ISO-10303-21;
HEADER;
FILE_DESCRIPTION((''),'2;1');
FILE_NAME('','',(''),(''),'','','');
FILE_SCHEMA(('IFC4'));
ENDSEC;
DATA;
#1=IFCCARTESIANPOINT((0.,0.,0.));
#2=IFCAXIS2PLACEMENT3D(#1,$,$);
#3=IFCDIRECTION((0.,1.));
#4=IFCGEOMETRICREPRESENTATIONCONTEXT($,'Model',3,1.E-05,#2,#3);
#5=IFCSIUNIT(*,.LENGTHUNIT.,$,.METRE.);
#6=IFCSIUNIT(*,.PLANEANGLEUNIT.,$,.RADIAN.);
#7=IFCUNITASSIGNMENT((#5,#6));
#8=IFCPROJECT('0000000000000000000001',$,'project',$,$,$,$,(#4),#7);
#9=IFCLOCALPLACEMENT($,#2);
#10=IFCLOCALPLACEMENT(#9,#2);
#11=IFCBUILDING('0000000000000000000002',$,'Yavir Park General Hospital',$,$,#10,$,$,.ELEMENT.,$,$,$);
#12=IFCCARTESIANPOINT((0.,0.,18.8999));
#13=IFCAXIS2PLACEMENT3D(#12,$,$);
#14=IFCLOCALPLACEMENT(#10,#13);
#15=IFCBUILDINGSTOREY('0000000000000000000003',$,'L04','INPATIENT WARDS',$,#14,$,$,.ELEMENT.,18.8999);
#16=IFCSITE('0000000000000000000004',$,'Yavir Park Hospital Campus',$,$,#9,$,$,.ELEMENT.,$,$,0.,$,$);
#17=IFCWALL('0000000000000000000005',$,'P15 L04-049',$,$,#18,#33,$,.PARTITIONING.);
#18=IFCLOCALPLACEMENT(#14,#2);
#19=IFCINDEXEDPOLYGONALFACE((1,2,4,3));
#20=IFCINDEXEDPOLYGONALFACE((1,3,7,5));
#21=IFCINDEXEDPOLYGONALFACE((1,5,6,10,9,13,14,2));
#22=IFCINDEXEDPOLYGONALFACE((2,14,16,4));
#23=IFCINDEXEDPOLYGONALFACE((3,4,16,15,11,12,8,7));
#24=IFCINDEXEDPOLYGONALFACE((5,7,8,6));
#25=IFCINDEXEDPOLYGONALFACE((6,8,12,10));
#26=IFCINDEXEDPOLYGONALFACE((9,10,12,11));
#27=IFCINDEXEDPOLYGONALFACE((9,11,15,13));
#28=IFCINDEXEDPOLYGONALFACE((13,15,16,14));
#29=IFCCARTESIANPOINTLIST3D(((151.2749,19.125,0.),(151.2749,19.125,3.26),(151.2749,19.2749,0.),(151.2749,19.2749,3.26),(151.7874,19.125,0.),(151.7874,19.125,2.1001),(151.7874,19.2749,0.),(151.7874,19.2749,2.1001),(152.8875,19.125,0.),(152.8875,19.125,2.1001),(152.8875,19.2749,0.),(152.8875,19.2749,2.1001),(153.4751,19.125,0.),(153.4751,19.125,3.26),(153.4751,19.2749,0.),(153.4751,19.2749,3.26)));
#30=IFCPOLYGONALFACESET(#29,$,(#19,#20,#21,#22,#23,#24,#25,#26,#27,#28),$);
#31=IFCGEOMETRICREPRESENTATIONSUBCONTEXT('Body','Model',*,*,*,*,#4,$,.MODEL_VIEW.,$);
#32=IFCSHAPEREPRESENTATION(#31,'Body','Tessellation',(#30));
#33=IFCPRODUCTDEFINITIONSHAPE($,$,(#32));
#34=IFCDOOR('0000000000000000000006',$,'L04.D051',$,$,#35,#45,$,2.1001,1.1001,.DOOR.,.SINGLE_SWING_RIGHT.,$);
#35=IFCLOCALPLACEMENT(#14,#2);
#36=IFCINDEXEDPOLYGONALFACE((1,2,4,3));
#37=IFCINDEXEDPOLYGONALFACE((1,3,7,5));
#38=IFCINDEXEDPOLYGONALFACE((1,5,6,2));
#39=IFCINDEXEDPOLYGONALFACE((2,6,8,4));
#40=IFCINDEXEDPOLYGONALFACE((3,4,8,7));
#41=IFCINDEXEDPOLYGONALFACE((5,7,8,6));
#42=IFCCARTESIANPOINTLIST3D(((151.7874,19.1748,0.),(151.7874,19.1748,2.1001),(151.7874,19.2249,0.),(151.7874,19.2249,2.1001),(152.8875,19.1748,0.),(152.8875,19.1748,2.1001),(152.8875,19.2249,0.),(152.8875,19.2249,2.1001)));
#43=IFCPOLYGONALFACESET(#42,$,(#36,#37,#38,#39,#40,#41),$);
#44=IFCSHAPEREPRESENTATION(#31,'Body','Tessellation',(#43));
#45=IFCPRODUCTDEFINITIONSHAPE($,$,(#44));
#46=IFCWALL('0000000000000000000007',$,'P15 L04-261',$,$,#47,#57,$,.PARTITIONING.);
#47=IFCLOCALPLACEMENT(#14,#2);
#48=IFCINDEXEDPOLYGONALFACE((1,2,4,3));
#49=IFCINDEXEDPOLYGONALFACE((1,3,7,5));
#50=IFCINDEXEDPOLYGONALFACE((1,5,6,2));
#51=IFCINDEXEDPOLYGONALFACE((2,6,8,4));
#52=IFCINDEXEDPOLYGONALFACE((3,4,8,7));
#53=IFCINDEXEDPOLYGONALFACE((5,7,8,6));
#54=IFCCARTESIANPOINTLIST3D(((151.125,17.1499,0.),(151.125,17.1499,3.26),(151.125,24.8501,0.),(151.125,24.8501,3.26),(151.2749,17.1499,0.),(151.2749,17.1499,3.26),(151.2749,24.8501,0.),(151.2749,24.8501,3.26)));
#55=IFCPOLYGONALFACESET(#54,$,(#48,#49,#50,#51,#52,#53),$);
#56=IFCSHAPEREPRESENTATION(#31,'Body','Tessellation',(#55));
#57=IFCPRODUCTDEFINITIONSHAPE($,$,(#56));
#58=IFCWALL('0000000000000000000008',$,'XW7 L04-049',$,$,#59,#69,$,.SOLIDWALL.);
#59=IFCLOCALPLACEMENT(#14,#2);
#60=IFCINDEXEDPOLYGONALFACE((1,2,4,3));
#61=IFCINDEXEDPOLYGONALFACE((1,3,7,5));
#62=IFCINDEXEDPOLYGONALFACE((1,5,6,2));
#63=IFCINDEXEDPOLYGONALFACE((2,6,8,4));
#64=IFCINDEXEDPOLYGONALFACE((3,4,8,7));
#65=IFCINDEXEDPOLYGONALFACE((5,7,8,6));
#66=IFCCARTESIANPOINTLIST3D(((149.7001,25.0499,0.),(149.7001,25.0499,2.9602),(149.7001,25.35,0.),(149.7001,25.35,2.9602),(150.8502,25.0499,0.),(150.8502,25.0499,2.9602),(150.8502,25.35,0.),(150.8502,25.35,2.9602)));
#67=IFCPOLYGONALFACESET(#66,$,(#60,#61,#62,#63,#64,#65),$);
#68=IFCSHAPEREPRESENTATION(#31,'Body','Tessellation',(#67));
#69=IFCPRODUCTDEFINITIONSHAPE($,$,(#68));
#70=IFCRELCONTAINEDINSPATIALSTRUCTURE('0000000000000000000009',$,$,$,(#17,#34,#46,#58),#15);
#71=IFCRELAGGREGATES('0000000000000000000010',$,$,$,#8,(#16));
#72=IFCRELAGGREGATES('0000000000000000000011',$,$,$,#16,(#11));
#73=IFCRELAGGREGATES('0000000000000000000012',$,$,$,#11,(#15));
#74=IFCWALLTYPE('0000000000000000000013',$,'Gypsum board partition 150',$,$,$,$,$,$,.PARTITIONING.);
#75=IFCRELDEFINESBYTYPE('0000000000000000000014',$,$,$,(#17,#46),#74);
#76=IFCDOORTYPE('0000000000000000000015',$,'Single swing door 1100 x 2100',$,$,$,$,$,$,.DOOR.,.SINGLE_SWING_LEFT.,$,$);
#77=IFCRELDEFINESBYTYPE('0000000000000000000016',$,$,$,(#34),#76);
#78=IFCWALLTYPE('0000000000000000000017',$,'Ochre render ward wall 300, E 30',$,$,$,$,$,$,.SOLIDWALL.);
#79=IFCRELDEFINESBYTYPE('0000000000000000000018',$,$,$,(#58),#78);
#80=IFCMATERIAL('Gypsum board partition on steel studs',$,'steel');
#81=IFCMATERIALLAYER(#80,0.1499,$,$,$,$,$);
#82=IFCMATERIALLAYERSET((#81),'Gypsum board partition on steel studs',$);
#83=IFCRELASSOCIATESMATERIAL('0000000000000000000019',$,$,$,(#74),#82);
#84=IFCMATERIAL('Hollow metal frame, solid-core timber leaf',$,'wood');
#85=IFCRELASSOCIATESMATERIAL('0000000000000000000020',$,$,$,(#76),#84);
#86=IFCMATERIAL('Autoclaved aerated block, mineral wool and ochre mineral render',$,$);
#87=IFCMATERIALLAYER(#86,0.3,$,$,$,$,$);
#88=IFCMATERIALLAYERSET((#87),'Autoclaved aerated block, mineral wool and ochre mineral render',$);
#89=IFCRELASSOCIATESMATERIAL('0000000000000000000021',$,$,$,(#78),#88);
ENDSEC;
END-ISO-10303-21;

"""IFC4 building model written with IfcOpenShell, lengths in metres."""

from ifc_helpers import new_model, si_unit, direction, frame, frame_2d, origin, place, context, subcontext, project, spatial, rectangle, extrude, material, layer, layer_set, type_object, element, fill, save


model = new_model("IFC4")

# Units and contexts
model_context = context("Model", 3, precision=1e-05, world=origin(), true_north=direction((0.0, 1.0)))
body_context = subcontext(model_context, "Body", "Model", "MODEL_VIEW")
ifc_project = project(units=[si_unit("LENGTHUNIT", "METRE"), si_unit("PLANEANGLEUNIT", "RADIAN")], contexts=[model_context])

# Site, building, storey
site_placement = place(None, origin())
site = spatial("IfcSite", under=ifc_project, at=site_placement, Name="Yavir Park Hospital Campus", CompositionType="ELEMENT", RefElevation=0.0)
building_placement = place(site_placement, origin())
building = spatial("IfcBuilding", under=site, at=building_placement, Name="Yavir Park General Hospital", CompositionType="ELEMENT")
storey_placement = place(building_placement, frame((0.0, 0.0, 18.8999)))
storey = spatial("IfcBuildingStorey", under=building, at=storey_placement, Name="L04", Description="INPATIENT WARDS", CompositionType="ELEMENT", Elevation=18.8999)

# Wall, opening, door
ifc_material_1 = material(Name="Gypsum board partition on steel studs", Category="steel")
ifc_layer_1 = layer(ifc_material_1, 0.1499)
ifc_layer_set_1 = layer_set([ifc_layer_1], Name="Gypsum board partition on steel studs")
wall_type_1 = type_object("IfcWallType", Name="Gypsum board partition 150", PredefinedType="PARTITIONING", material=ifc_layer_set_1)
wall_1_placement = place(storey_placement, frame((151.2749, 19.2, 0.0), z_axis=(0.0, 0.0, 1.0), x_axis=(1.0, 0.0, 0.0)))
wall_1 = element("IfcWall", 1, at=wall_1_placement, inside=storey, type_object=wall_type_1, Name="P15 L04-049", PredefinedType="PARTITIONING", context=body_context, shape_type="SweptSolid", body=[
    extrude(rectangle(XDim=2.2002, YDim=0.1499, at=frame_2d((1.1001, 0.0))), origin(), (0.0, 0.0, 1.0), 3.26),
])
opening_placement = place(wall_1_placement, frame((0.5125, 0.0, 0.0)))
opening = element("IfcOpeningElement", 2, at=opening_placement, cuts=wall_1, PredefinedType="OPENING", context=body_context, shape_type="SweptSolid", body=[
    extrude(rectangle(XDim=1.1001, YDim=2.1001, at=frame_2d((0.55, 1.05))), frame((0.0, 0.085, 0.0), z_axis=(0.0, -1.0, 0.0), x_axis=(1.0, 0.0, 0.0)), (0.0, 0.0, 1.0), 0.1699),
])
ifc_material_2 = material(Name="Hollow metal frame, solid-core timber leaf", Category="wood")
door_type = type_object("IfcDoorType", Name="Single swing door 1100 x 2100", OperationType="SINGLE_SWING_LEFT", PredefinedType="DOOR", material=ifc_material_2)
door_placement = place(opening_placement, origin())
door = element("IfcDoor", 3, at=door_placement, inside=storey, type_object=door_type, Name="L04.D051", OperationType="SINGLE_SWING_RIGHT", OverallHeight=2.1001, OverallWidth=1.1001, PredefinedType="DOOR", context=body_context, shape_type="SweptSolid", body=[
    extrude(rectangle(XDim=1.1001, YDim=2.1001, at=frame_2d((0.55, 1.05))), frame((0.0, 0.0249, 0.0), z_axis=(0.0, -1.0, 0.0), x_axis=(1.0, 0.0, 0.0)), (0.0, 0.0, 1.0), 0.05),
])
fill(opening, door)

# Walls
wall_2_placement = place(storey_placement, frame((151.2, 17.1499, 0.0), z_axis=(0.0, 0.0, 1.0), x_axis=(0.0, 1.0, 0.0)))
element("IfcWall", 4, at=wall_2_placement, inside=storey, type_object=wall_type_1, Name="P15 L04-261", PredefinedType="PARTITIONING", context=body_context, shape_type="SweptSolid", body=[
    extrude(rectangle(XDim=7.7002, YDim=0.1499, at=frame_2d((3.8501, 0.0))), origin(), (0.0, 0.0, 1.0), 3.26),
])
ifc_material_3 = material(Name="Autoclaved aerated block, mineral wool and ochre mineral render")
ifc_layer_2 = layer(ifc_material_3, 0.3)
ifc_layer_set_2 = layer_set([ifc_layer_2], Name="Autoclaved aerated block, mineral wool and ochre mineral render")
wall_type_2 = type_object("IfcWallType", Name="Ochre render ward wall 300, E 30", PredefinedType="SOLIDWALL", material=ifc_layer_set_2)
wall_3_placement = place(storey_placement, frame((149.7, 25.2, 0.0), z_axis=(0.0, 0.0, 1.0), x_axis=(1.0, 0.0, 0.0)))
element("IfcWall", 5, at=wall_3_placement, inside=storey, type_object=wall_type_2, Name="XW7 L04-049", PredefinedType="SOLIDWALL", context=body_context, shape_type="SweptSolid", body=[
    extrude(rectangle(XDim=1.1501, YDim=0.3, at=frame_2d((0.5752, 0.0))), origin(), (0.0, 0.0, 1.0), 2.9602),
])

save(model, "model.ifc")
